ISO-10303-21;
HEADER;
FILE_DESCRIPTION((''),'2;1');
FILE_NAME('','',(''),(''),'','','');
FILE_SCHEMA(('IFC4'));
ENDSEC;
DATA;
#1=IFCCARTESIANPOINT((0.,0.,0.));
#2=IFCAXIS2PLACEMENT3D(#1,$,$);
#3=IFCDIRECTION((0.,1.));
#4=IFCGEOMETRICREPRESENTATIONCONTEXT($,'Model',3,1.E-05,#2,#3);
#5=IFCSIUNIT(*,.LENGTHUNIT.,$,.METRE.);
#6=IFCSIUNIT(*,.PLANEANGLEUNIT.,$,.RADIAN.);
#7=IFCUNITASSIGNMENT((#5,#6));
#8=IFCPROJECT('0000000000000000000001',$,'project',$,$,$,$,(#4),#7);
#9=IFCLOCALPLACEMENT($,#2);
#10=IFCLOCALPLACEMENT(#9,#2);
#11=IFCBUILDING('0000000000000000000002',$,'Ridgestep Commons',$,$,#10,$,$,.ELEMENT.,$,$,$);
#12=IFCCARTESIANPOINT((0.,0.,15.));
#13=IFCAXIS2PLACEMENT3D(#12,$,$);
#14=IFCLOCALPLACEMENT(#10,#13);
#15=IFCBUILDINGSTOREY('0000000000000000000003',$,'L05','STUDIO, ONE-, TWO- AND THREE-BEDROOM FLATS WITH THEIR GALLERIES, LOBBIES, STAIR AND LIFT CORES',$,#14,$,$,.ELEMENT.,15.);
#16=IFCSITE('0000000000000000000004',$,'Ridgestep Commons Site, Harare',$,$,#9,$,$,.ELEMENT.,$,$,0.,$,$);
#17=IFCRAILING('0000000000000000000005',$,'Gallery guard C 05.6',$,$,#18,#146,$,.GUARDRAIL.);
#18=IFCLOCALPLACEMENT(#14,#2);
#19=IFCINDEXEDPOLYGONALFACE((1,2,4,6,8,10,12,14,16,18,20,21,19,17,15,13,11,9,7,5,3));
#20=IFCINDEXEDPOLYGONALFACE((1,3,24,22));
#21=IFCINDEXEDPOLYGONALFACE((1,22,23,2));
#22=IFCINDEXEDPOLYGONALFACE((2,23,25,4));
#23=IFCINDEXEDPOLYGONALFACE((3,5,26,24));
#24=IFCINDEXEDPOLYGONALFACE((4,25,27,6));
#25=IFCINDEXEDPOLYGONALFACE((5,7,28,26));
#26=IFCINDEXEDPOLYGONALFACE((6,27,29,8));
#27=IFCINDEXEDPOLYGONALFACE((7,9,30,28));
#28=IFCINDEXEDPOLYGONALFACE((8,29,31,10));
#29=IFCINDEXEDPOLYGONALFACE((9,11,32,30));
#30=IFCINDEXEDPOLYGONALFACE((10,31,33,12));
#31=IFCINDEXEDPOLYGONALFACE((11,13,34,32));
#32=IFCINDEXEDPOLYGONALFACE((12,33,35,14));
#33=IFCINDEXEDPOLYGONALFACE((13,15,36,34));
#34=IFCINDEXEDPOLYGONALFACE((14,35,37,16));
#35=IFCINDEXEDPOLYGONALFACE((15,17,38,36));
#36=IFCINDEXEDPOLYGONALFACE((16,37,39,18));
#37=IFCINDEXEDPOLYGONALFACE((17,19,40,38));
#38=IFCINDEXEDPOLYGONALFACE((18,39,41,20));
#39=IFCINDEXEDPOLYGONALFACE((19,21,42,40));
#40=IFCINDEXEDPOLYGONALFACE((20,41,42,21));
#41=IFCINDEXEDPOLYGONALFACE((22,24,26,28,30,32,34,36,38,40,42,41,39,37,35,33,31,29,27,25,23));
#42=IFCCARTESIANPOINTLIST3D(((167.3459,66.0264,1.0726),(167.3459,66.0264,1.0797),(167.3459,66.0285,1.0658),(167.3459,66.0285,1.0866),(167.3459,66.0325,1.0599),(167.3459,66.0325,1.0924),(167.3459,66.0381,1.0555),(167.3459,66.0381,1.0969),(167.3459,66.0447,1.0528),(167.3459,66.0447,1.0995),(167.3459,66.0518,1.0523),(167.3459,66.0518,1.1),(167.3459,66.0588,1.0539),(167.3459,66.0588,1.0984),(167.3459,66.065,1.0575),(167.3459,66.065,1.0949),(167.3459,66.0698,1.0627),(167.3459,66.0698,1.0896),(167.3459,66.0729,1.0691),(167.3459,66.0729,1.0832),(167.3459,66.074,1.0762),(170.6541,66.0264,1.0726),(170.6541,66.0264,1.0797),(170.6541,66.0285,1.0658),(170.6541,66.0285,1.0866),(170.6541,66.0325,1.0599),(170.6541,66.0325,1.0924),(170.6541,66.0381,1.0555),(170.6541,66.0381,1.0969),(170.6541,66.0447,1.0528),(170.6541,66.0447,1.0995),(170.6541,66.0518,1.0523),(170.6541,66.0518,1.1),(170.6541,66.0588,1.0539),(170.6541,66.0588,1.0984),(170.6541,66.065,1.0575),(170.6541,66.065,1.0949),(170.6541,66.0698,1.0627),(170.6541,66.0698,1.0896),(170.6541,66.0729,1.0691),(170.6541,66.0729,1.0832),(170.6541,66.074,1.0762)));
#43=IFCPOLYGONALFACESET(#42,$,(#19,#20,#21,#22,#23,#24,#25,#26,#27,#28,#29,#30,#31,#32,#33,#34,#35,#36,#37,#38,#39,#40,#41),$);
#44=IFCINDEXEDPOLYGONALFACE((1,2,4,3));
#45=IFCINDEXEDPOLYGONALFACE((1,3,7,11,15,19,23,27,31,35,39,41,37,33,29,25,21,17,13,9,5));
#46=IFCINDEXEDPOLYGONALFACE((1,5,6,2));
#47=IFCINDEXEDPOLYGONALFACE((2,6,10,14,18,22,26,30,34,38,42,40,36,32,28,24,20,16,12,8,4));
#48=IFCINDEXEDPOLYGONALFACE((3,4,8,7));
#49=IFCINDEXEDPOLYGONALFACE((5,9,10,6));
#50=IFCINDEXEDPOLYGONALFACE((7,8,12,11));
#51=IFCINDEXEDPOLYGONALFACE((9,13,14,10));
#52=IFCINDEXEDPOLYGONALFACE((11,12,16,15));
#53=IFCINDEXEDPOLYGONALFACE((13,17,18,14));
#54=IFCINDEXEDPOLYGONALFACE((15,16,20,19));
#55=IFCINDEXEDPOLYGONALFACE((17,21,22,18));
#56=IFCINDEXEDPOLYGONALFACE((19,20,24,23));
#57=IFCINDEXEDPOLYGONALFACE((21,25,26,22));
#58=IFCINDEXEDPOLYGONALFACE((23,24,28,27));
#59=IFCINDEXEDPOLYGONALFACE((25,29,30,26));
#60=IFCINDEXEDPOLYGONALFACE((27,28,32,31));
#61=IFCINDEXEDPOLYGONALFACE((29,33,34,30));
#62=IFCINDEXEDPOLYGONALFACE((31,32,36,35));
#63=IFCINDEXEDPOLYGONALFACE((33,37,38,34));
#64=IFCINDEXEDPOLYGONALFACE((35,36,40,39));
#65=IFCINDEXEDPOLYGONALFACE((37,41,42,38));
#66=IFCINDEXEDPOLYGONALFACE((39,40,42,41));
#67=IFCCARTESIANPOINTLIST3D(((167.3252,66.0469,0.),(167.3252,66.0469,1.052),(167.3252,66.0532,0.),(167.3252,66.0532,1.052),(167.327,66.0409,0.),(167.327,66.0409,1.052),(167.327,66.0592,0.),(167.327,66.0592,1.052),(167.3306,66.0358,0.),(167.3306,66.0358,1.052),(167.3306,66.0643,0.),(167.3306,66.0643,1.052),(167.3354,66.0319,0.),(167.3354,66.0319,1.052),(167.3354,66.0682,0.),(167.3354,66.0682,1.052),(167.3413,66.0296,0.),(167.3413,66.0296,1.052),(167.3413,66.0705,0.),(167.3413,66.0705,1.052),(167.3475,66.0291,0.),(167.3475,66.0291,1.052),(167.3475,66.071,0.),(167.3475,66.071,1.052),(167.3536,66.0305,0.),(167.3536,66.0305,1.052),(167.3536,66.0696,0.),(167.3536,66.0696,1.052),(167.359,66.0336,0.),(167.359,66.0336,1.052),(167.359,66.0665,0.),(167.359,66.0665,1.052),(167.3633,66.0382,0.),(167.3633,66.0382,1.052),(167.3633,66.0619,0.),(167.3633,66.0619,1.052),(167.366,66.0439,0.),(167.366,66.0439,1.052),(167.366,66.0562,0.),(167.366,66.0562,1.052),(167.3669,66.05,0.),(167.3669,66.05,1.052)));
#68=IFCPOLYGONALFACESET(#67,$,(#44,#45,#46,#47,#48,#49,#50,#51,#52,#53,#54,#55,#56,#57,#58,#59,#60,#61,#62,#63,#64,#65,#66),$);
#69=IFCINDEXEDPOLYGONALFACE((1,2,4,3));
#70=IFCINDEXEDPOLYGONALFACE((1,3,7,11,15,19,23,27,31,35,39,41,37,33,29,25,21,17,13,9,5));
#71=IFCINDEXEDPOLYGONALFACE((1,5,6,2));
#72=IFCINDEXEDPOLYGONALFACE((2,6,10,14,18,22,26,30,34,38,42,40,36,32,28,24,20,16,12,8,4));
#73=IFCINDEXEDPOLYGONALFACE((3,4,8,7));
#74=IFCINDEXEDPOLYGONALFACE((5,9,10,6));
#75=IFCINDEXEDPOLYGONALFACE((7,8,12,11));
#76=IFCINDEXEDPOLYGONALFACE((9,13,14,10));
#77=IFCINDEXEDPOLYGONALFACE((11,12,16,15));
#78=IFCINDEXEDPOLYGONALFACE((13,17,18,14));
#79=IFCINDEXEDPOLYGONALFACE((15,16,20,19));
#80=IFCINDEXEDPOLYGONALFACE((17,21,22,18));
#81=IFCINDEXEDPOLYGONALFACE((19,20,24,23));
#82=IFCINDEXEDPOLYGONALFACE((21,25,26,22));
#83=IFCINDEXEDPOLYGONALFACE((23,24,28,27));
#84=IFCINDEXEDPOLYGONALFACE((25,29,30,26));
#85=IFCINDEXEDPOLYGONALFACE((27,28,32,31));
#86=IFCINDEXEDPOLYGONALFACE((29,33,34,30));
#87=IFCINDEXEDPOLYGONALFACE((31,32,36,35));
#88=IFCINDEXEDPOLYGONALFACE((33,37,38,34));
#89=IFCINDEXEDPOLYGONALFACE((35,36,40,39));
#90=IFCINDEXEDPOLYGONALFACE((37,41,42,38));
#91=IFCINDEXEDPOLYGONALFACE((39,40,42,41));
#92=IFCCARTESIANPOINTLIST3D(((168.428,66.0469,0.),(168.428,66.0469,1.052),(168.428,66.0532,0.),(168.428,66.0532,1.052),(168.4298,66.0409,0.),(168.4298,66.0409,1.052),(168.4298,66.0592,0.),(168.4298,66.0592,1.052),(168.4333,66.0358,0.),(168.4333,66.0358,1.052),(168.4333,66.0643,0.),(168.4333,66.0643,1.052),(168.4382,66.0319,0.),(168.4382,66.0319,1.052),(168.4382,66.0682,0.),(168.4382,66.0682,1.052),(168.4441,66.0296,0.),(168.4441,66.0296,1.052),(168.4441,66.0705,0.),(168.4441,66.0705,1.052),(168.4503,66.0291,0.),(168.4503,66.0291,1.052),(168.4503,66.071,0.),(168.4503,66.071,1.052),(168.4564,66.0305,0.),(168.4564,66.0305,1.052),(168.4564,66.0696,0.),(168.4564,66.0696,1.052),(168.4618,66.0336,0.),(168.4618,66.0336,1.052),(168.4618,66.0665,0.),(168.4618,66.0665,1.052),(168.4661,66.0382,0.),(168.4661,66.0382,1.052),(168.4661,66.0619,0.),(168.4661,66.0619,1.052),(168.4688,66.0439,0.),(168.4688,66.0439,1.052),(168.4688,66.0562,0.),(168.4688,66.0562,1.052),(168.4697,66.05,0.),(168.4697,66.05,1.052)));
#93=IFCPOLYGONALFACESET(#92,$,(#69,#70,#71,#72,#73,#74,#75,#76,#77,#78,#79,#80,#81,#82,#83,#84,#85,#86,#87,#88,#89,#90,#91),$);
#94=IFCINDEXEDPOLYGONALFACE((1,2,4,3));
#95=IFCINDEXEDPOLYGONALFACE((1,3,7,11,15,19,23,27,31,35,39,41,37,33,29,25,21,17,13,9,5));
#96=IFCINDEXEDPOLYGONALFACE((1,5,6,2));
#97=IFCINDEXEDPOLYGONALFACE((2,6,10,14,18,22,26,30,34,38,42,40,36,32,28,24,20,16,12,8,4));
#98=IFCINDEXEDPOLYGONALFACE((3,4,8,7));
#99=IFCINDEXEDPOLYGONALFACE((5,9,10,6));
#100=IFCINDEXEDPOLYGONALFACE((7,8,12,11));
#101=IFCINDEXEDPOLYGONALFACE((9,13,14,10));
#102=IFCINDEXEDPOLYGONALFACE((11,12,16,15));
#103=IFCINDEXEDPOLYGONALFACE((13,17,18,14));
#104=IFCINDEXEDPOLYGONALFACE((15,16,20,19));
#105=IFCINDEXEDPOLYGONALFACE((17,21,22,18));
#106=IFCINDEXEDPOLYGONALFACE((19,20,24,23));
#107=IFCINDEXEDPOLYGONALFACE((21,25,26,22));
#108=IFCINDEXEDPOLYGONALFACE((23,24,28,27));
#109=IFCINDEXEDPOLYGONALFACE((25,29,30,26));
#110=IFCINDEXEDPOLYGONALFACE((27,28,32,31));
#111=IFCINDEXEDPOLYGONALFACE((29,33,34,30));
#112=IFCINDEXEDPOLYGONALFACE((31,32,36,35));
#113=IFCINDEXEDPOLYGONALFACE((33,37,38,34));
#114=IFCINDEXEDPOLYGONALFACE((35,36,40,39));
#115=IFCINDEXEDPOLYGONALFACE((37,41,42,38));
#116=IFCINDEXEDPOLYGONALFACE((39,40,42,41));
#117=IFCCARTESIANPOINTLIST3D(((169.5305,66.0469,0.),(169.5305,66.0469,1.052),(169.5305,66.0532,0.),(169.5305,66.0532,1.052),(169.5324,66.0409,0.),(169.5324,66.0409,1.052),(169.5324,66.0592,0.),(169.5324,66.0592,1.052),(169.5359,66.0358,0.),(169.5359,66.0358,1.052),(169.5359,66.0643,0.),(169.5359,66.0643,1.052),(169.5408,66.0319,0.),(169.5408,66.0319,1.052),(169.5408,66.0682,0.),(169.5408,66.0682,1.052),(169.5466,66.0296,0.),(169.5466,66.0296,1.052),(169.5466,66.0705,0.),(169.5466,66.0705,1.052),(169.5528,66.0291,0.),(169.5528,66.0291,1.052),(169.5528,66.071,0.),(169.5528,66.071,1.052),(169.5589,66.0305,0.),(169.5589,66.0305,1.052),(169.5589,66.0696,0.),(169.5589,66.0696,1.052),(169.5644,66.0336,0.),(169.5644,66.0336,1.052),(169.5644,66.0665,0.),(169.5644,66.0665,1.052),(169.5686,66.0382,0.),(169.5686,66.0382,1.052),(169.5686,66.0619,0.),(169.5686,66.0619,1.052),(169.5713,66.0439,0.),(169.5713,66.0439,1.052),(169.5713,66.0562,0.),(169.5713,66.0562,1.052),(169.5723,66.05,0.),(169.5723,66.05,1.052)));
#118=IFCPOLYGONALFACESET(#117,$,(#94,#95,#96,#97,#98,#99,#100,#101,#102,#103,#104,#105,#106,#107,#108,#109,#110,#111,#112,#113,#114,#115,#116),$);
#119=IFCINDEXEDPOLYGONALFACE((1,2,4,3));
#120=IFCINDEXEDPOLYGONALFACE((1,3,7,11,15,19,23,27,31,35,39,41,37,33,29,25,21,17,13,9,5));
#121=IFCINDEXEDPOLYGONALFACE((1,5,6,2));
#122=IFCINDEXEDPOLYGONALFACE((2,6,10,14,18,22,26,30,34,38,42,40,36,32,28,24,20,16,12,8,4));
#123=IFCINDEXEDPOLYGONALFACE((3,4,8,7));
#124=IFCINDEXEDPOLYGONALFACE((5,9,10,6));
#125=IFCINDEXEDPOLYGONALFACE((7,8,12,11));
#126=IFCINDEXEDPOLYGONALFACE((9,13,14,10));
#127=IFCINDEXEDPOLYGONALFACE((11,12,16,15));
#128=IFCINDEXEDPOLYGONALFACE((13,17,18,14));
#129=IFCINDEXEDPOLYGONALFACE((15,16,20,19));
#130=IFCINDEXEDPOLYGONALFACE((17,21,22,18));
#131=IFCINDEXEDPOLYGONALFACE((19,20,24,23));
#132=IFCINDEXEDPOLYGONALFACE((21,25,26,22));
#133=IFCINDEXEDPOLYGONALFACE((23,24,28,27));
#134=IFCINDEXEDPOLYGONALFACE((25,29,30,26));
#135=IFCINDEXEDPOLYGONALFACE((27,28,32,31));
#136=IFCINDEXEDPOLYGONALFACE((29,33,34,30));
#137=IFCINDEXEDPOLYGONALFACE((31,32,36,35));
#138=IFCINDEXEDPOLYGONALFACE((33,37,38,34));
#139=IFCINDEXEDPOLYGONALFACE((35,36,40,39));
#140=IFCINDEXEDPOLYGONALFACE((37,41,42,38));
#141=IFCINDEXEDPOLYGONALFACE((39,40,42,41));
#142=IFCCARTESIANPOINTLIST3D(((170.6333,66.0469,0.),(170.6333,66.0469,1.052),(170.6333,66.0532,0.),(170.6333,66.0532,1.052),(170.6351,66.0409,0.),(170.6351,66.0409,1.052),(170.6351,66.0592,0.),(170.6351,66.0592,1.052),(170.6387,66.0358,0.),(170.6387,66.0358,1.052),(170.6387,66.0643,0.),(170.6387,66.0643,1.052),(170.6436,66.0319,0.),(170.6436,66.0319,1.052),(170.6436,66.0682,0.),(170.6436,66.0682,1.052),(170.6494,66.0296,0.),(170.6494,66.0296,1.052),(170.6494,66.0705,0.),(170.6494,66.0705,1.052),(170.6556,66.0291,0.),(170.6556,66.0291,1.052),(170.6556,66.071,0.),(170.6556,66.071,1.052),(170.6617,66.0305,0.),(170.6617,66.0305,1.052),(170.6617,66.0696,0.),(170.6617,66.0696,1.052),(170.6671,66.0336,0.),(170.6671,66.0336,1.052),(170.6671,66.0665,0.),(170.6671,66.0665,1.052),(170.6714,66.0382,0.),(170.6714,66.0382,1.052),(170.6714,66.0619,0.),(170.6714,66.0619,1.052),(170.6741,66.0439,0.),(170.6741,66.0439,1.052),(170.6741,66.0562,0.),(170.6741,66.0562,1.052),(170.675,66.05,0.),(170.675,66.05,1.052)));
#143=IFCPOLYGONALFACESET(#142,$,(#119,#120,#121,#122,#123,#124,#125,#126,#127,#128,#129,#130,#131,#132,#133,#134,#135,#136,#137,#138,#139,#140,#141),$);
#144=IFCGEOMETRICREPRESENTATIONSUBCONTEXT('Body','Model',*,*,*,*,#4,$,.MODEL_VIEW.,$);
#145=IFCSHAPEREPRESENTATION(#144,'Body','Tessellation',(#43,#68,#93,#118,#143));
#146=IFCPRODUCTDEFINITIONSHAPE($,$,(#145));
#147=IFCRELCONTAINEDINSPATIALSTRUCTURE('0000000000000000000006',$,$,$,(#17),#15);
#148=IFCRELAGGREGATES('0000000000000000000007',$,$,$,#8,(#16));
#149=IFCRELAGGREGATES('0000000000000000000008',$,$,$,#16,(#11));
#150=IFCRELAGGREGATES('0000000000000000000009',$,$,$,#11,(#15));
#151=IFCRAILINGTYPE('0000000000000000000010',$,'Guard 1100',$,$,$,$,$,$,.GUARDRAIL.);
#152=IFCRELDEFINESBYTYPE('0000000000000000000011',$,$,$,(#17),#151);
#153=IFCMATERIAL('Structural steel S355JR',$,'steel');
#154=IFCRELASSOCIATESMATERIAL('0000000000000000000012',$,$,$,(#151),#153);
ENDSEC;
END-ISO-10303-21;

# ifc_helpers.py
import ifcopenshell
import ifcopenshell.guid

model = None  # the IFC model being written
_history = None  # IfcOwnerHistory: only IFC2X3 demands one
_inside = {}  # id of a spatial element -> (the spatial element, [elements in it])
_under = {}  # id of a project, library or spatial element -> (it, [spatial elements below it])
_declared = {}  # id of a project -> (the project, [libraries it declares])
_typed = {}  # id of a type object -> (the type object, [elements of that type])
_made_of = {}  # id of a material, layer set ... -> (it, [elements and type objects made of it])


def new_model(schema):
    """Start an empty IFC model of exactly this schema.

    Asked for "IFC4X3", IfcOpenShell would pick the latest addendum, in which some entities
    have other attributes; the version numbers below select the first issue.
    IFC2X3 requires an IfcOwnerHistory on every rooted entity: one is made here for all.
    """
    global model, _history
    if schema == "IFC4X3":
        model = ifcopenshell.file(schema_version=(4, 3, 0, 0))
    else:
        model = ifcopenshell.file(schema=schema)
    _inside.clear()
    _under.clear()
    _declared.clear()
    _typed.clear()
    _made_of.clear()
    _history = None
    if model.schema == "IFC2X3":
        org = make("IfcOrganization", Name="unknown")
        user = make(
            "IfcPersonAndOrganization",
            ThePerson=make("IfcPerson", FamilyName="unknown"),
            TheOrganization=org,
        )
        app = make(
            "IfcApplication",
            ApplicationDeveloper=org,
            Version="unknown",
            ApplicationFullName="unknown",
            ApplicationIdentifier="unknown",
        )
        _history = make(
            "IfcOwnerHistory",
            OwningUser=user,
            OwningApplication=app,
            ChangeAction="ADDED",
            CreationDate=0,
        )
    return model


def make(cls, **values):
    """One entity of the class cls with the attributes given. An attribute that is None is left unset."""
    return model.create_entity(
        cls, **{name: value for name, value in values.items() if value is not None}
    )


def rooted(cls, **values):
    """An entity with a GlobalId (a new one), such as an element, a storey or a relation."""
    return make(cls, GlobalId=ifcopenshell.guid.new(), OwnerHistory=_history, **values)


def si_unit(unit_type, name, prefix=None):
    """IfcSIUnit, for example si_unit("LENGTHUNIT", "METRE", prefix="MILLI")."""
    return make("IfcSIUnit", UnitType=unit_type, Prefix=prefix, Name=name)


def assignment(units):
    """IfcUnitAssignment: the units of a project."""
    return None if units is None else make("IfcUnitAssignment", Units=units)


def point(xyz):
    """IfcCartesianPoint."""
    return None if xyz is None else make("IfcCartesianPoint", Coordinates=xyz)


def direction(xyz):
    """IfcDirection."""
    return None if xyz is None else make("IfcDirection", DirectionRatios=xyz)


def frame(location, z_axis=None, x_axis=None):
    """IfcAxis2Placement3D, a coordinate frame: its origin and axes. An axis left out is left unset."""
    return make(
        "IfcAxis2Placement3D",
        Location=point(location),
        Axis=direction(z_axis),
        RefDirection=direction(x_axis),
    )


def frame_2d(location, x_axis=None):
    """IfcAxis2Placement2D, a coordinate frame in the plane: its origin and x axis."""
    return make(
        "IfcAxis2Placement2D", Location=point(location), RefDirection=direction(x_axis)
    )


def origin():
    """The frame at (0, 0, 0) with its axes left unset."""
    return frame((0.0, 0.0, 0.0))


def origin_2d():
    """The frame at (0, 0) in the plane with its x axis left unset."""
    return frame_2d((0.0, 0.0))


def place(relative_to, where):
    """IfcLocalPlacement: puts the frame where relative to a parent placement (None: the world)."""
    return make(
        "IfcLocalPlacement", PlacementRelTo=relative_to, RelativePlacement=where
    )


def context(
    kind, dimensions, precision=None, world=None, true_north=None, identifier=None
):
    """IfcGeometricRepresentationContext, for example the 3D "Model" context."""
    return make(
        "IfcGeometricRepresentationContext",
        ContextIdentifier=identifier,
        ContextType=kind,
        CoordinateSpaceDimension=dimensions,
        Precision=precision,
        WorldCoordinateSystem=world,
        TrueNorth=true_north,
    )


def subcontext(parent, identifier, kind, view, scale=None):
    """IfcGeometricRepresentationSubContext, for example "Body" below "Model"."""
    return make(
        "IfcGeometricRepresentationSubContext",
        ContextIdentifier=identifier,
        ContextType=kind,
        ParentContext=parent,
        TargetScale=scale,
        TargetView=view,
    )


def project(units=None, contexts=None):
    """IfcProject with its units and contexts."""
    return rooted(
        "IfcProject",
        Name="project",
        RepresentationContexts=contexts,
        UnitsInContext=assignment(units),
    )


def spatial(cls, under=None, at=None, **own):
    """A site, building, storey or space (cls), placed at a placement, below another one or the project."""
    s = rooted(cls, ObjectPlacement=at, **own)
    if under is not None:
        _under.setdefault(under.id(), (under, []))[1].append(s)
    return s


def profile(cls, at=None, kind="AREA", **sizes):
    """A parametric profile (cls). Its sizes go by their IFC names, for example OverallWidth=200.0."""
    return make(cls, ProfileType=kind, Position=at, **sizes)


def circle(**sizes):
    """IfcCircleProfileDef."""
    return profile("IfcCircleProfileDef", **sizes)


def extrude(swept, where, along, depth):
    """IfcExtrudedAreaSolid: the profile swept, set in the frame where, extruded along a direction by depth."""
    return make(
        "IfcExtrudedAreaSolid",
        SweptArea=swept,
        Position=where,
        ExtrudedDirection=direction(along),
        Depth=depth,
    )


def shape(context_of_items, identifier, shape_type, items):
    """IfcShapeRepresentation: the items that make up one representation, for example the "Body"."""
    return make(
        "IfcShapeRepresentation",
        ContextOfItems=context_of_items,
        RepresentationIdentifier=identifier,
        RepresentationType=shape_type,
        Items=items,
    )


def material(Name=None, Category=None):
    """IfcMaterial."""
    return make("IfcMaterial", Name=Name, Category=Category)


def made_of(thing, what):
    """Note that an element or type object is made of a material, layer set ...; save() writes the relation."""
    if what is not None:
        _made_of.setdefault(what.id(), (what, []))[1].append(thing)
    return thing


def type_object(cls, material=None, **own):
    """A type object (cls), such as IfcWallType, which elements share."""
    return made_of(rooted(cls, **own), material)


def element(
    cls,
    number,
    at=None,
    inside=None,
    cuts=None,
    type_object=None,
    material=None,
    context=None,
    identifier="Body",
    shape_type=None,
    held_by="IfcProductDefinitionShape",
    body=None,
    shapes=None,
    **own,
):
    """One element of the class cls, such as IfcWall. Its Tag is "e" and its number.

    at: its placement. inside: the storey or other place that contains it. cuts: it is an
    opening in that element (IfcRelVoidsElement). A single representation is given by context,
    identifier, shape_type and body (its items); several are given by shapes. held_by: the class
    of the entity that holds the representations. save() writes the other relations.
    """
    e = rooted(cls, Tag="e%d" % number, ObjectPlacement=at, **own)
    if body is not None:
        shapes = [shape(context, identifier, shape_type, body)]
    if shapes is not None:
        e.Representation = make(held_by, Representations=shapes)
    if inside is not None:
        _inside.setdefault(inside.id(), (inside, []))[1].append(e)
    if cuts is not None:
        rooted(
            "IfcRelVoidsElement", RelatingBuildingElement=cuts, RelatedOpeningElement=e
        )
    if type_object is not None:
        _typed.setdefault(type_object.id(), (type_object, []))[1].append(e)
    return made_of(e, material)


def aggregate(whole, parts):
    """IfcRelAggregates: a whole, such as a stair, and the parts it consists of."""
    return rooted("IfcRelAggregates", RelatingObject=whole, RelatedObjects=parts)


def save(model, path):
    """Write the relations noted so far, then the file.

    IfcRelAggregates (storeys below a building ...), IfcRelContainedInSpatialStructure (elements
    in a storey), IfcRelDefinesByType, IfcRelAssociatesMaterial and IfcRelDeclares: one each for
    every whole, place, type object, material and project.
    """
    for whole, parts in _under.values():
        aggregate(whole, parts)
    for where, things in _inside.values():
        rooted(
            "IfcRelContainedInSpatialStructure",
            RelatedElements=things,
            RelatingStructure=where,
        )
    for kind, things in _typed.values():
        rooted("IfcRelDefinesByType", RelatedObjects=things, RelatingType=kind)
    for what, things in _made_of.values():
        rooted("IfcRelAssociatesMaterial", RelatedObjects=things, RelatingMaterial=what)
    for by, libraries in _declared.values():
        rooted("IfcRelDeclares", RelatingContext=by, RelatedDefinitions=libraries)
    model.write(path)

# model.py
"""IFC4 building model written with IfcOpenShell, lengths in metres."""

from ifc_helpers import new_model, si_unit, direction, frame, origin, origin_2d, place, context, subcontext, project, spatial, circle, extrude, material, type_object, element, save


model = new_model("IFC4")

# Units and contexts
model_context = context("Model", 3, precision=1e-05, world=origin(), true_north=direction((0.0, 1.0)))
body_context = subcontext(model_context, "Body", "Model", "MODEL_VIEW")
ifc_project = project(units=[si_unit("LENGTHUNIT", "METRE"), si_unit("PLANEANGLEUNIT", "RADIAN")], contexts=[model_context])

# Site, building, storey
site_placement = place(None, origin())
site = spatial("IfcSite", under=ifc_project, at=site_placement, Name="Ridgestep Commons Site, Harare", CompositionType="ELEMENT", RefElevation=0.0)
building_placement = place(site_placement, origin())
building = spatial("IfcBuilding", under=site, at=building_placement, Name="Ridgestep Commons", CompositionType="ELEMENT")
storey_placement = place(building_placement, frame((0.0, 0.0, 15.0)))
storey = spatial("IfcBuildingStorey", under=building, at=storey_placement, Name="L05", Description="STUDIO, ONE-, TWO- AND THREE-BEDROOM FLATS WITH THEIR GALLERIES, LOBBIES, STAIR AND LIFT CORES", CompositionType="ELEMENT", Elevation=15.0)

# Railing
ifc_material_1 = material(Name="Structural steel S355JR", Category="steel")
railing_type_1 = type_object("IfcRailingType", Name="Guard 1100", PredefinedType="GUARDRAIL", material=ifc_material_1)
railing_1_placement = place(storey_placement, frame((167.3459, 66.05, 0.0)))
element("IfcRailing", 1, at=railing_1_placement, inside=storey, type_object=railing_type_1, Name="Gallery guard C 05.6", PredefinedType="GUARDRAIL", context=body_context, shape_type="SweptSolid", body=[
    extrude(circle(Radius=0.0239, at=origin_2d()), frame((0.0, 0.0, 1.0762), z_axis=(1.0, 0.0, 0.0), x_axis=(0.0, 1.0, 0.0)), (0.0, 0.0, 1.0), 3.3081),
    extrude(circle(Radius=0.021, at=origin_2d()), origin(), (0.0, 0.0, 1.0), 1.052),
    extrude(circle(Radius=0.021, at=origin_2d()), frame((1.1028, 0.0, 0.0)), (0.0, 0.0, 1.0), 1.052),
    extrude(circle(Radius=0.021, at=origin_2d()), frame((2.2053, 0.0, 0.0)), (0.0, 0.0, 1.0), 1.052),
    extrude(circle(Radius=0.021, at=origin_2d()), frame((3.3081, 0.0, 0.0)), (0.0, 0.0, 1.0), 1.052),
])

save(model, "model.ifc")
